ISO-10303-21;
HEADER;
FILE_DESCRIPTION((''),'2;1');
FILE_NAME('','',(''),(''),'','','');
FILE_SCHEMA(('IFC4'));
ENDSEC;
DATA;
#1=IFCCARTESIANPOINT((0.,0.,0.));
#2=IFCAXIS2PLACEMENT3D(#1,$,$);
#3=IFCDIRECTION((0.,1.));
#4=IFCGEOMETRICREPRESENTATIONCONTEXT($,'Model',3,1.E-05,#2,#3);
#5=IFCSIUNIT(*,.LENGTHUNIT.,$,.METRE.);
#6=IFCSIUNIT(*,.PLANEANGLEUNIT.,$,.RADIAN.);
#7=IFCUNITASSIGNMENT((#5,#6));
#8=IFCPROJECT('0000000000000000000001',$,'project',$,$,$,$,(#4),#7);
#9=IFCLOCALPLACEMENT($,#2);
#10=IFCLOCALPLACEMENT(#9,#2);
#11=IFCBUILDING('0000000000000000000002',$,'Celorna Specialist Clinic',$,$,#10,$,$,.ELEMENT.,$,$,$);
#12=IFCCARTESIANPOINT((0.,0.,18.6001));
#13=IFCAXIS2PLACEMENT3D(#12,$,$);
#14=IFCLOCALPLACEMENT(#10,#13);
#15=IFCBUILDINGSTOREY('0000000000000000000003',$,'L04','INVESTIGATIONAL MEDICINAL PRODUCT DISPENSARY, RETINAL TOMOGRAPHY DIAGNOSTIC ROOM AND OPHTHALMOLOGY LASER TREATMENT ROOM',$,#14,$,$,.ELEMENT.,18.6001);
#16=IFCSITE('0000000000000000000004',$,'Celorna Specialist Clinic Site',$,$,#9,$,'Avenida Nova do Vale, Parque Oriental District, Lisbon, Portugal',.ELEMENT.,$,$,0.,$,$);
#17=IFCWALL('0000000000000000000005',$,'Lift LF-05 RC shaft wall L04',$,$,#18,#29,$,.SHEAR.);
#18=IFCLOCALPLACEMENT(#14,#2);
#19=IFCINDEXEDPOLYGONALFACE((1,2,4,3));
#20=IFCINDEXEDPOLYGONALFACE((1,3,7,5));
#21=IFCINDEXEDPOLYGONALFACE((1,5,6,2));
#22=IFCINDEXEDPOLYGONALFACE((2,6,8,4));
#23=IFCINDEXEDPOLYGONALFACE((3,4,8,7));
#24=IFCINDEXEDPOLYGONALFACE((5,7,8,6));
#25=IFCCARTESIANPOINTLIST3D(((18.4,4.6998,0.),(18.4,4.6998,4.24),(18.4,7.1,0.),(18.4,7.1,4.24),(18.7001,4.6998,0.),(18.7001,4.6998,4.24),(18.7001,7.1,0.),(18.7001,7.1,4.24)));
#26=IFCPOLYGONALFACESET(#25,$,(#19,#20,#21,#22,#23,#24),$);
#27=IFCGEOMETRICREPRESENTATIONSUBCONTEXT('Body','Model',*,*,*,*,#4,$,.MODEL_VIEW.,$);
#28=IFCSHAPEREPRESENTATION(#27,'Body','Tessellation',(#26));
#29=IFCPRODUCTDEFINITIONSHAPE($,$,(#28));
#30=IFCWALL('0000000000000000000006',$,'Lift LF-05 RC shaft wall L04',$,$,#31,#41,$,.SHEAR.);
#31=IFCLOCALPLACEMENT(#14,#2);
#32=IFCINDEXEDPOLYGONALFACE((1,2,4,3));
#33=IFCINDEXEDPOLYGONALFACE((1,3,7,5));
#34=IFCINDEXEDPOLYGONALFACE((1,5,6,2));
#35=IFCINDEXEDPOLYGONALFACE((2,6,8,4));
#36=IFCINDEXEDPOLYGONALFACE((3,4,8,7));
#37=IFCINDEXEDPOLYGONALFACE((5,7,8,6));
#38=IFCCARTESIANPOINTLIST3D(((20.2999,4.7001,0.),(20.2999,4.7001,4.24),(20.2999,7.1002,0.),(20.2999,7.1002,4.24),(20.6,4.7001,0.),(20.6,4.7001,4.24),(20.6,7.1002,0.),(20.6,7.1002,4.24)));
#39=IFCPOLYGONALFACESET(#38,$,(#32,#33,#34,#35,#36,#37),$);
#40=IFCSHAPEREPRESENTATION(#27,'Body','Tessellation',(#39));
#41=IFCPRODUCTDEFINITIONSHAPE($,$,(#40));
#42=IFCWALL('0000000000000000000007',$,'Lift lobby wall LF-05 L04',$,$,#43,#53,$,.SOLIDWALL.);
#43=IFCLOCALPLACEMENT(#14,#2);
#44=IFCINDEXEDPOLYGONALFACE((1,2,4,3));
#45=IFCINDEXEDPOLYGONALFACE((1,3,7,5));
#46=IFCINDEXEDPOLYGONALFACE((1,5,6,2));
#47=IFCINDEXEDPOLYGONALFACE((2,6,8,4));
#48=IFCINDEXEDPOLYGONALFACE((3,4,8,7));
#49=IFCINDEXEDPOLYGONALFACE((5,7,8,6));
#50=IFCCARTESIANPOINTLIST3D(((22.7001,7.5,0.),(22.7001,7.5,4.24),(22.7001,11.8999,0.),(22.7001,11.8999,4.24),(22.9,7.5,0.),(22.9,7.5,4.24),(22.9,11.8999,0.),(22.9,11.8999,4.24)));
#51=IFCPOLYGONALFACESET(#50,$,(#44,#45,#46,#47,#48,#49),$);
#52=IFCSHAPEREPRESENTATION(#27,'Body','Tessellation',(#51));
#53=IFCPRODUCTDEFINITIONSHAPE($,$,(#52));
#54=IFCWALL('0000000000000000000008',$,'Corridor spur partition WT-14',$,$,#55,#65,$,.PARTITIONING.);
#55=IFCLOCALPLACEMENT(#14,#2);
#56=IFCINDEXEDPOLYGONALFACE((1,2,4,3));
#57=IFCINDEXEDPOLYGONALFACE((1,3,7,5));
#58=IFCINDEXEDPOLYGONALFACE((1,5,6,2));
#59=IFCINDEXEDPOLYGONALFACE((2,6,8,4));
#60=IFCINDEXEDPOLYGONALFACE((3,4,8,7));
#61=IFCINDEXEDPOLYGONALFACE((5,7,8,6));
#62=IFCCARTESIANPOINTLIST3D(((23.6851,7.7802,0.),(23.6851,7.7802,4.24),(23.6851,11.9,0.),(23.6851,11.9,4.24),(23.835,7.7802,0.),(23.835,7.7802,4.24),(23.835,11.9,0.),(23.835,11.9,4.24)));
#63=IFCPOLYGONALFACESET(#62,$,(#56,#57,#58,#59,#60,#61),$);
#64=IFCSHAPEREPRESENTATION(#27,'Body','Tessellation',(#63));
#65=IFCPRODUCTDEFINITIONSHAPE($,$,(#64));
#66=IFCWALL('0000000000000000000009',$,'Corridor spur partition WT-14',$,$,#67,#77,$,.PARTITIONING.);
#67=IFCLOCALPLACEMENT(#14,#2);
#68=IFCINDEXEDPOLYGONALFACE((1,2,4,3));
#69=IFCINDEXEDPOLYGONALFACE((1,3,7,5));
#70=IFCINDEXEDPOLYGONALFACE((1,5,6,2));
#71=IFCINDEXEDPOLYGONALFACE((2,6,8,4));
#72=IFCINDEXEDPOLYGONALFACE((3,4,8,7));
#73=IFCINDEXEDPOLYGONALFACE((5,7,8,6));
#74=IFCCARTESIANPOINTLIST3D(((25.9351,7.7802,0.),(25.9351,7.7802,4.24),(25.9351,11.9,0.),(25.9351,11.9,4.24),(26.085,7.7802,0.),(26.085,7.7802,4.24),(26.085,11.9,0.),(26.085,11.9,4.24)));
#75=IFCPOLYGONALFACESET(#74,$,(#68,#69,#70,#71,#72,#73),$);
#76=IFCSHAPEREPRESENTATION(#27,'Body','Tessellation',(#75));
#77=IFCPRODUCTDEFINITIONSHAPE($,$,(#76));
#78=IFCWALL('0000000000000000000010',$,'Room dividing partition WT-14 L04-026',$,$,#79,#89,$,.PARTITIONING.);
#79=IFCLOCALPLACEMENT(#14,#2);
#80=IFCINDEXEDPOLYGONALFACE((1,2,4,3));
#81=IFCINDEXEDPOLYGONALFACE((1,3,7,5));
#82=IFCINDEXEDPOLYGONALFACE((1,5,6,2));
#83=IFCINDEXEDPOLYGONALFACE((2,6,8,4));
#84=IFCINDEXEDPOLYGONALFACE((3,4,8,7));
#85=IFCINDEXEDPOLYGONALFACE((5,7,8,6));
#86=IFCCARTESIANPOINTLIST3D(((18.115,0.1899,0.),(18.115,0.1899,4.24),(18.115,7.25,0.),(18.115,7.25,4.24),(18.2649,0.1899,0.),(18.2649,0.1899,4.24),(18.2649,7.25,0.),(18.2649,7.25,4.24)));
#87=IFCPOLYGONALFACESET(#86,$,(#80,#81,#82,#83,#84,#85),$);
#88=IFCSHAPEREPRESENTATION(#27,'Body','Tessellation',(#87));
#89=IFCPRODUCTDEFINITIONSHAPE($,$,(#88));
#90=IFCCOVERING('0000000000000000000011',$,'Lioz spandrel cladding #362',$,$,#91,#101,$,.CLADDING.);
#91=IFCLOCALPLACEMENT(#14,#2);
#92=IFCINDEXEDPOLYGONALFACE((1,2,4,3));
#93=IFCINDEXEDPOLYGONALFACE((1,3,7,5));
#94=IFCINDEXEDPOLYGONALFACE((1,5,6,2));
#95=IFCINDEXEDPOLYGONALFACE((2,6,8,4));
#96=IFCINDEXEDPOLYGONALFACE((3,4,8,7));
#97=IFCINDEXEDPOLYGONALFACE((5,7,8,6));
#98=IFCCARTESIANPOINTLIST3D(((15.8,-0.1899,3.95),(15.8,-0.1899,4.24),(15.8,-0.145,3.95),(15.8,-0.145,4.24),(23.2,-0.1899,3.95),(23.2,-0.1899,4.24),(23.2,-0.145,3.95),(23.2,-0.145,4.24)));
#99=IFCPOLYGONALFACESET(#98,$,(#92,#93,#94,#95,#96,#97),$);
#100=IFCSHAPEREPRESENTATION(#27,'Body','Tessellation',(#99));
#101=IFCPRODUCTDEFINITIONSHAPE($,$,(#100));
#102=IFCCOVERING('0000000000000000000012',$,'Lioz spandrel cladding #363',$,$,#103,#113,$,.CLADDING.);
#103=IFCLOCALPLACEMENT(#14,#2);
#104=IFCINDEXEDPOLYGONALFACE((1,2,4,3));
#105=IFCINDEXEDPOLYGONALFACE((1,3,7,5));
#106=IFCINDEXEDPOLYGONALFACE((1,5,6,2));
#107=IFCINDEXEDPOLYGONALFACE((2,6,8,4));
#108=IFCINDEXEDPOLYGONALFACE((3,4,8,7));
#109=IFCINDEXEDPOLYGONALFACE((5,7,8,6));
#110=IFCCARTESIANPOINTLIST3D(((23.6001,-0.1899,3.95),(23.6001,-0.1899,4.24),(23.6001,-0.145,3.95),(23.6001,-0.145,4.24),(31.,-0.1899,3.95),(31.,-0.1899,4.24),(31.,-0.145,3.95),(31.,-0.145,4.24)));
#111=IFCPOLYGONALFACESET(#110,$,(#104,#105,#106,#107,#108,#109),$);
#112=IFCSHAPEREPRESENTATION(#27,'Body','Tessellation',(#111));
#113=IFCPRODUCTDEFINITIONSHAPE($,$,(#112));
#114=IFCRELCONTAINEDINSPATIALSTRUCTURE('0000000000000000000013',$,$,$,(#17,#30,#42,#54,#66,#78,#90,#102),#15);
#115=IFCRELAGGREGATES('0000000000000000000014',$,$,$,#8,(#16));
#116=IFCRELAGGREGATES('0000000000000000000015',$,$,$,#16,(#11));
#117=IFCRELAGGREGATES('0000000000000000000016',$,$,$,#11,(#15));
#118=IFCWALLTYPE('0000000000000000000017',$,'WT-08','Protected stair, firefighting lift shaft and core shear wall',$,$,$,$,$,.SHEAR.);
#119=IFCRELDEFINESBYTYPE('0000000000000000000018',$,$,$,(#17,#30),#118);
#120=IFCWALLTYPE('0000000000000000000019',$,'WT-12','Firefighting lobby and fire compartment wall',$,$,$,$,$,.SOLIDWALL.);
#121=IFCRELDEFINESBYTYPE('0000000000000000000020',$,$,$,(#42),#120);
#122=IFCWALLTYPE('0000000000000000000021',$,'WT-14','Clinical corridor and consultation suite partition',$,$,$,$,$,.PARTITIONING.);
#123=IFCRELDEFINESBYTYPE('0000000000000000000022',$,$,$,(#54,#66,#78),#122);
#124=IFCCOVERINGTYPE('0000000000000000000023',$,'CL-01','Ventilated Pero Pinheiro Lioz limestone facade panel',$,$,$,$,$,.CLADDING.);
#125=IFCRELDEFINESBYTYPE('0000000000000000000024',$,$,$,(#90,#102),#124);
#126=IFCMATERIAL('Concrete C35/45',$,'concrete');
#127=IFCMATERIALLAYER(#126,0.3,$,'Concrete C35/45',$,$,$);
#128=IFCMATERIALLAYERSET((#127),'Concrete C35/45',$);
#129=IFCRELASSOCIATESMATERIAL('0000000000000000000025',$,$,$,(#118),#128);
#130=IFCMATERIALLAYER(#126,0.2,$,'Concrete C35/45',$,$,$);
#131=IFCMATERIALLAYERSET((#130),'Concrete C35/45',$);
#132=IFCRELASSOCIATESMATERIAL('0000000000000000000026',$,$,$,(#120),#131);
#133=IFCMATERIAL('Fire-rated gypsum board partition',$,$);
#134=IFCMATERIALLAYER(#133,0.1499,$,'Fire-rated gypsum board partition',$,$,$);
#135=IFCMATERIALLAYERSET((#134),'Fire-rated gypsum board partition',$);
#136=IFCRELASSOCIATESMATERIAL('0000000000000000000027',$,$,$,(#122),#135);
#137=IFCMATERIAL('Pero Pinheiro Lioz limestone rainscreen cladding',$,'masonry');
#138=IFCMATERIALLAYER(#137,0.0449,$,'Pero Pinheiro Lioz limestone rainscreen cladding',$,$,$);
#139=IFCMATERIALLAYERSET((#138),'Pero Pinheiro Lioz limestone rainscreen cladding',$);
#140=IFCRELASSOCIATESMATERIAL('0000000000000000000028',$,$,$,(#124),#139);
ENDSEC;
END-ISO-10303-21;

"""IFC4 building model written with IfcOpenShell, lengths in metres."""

from ifc_helpers import new_model, si_unit, direction, frame, frame_2d, origin, origin_2d, place, context, subcontext, project, spatial, rectangle, extrude, material, layer, layer_set, type_object, element, save


model = new_model("IFC4")

# Units and contexts
model_context = context("Model", 3, precision=1e-05, world=origin(), true_north=direction((0.0, 1.0)))
body_context = subcontext(model_context, "Body", "Model", "MODEL_VIEW")
ifc_project = project(units=[si_unit("LENGTHUNIT", "METRE"), si_unit("PLANEANGLEUNIT", "RADIAN")], contexts=[model_context])

# Site, building, storey
site_placement = place(None, origin())
site = spatial("IfcSite", under=ifc_project, at=site_placement, Name="Celorna Specialist Clinic Site", LongName="Avenida Nova do Vale, Parque Oriental District, Lisbon, Portugal", CompositionType="ELEMENT", RefElevation=0.0)
building_placement = place(site_placement, origin())
building = spatial("IfcBuilding", under=site, at=building_placement, Name="Celorna Specialist Clinic", CompositionType="ELEMENT")
storey_placement = place(building_placement, frame((0.0, 0.0, 18.6001)))
storey = spatial("IfcBuildingStorey", under=building, at=storey_placement, Name="L04", Description="INVESTIGATIONAL MEDICINAL PRODUCT DISPENSARY, RETINAL TOMOGRAPHY DIAGNOSTIC ROOM AND OPHTHALMOLOGY LASER TREATMENT ROOM", CompositionType="ELEMENT", Elevation=18.6001)

# Shared definitions
ifc_material_1 = material(Name="Concrete C35/45", Category="concrete")

# Shared definitions
ifc_layer_1 = layer(ifc_material_1, 0.3, Name="Concrete C35/45")
ifc_layer_set_1 = layer_set([ifc_layer_1], Name="Concrete C35/45")
wall_type_1 = type_object("IfcWallType", Name="WT-08", Description="Protected stair, firefighting lift shaft and core shear wall", PredefinedType="SHEAR", material=ifc_layer_set_1)

# Walls
for number, where, z_axis, x_axis, name in (
    (1, (18.55, 7.1001, 0.0), (0.0, 0.0, 1.0), (0.0, -1.0, 0.0), "Lift LF-05 RC shaft wall L04"),
    (2, (20.45, 4.7, 0.0), (0.0, 0.0, 1.0), (0.0, 1.0, 0.0), "Lift LF-05 RC shaft wall L04"),
):
    element("IfcWall", number, at=place(storey_placement, frame(where, z_axis=z_axis, x_axis=x_axis)), inside=storey, type_object=wall_type_1, Name=name, PredefinedType="SHEAR", context=body_context, shape_type="SweptSolid", body=[
        extrude(rectangle(XDim=2.4001, YDim=0.3, at=frame_2d((1.2002, 0.0))), origin(), (0.0, 0.0, 1.0), 4.24),
    ])
ifc_layer_2 = layer(ifc_material_1, 0.2, Name="Concrete C35/45")
ifc_layer_set_2 = layer_set([ifc_layer_2], Name="Concrete C35/45")
wall_type_2 = type_object("IfcWallType", Name="WT-12", Description="Firefighting lobby and fire compartment wall", PredefinedType="SOLIDWALL", material=ifc_layer_set_2)
wall_1_placement = place(storey_placement, frame((22.8, 7.5, 0.0), z_axis=(0.0, 0.0, 1.0), x_axis=(0.0, 1.0, 0.0)))
element("IfcWall", 3, at=wall_1_placement, inside=storey, type_object=wall_type_2, Name="Lift lobby wall LF-05 L04", PredefinedType="SOLIDWALL", context=body_context, shape_type="SweptSolid", body=[
    extrude(rectangle(XDim=4.3999, YDim=0.2, at=frame_2d((2.2, 0.0))), origin(), (0.0, 0.0, 1.0), 4.24),
])
ifc_material_2 = material(Name="Fire-rated gypsum board partition")
ifc_layer_3 = layer(ifc_material_2, 0.1499, Name="Fire-rated gypsum board partition")
ifc_layer_set_3 = layer_set([ifc_layer_3], Name="Fire-rated gypsum board partition")
wall_type_3 = type_object("IfcWallType", Name="WT-14", Description="Clinical corridor and consultation suite partition", PredefinedType="PARTITIONING", material=ifc_layer_set_3)
for number, where, z_axis, x_axis, name in (
    (4, (23.76, 7.78, 0.0), (0.0, 0.0, 1.0), (0.0, 1.0, 0.0), "Corridor spur partition WT-14"),
    (5, (26.01, 7.78, 0.0), (0.0, 0.0, 1.0), (0.0, 1.0, 0.0), "Corridor spur partition WT-14"),
):
    element("IfcWall", number, at=place(storey_placement, frame(where, z_axis=z_axis, x_axis=x_axis)), inside=storey, type_object=wall_type_3, Name=name, PredefinedType="PARTITIONING", context=body_context, shape_type="SweptSolid", body=[
        extrude(rectangle(XDim=4.1199, YDim=0.1499, at=frame_2d((2.0601, 0.0))), origin(), (0.0, 0.0, 1.0), 4.24),
    ])
wall_2_placement = place(storey_placement, frame((18.1899, 0.1899, 0.0), z_axis=(0.0, 0.0, 1.0), x_axis=(0.0, 1.0, 0.0)))
element("IfcWall", 6, at=wall_2_placement, inside=storey, type_object=wall_type_3, Name="Room dividing partition WT-14 L04-026", PredefinedType="PARTITIONING", context=body_context, shape_type="SweptSolid", body=[
    extrude(rectangle(XDim=7.0601, YDim=0.1499, at=frame_2d((3.53, 0.0))), origin(), (0.0, 0.0, 1.0), 4.24),
])

# Coverings
ifc_material_3 = material(Name="Pero Pinheiro Lioz limestone rainscreen cladding", Category="masonry")
ifc_layer_4 = layer(ifc_material_3, 0.0449, Name="Pero Pinheiro Lioz limestone rainscreen cladding")
ifc_layer_set_4 = layer_set([ifc_layer_4], Name="Pero Pinheiro Lioz limestone rainscreen cladding")
covering_type = type_object("IfcCoveringType", Name="CL-01", Description="Ventilated Pero Pinheiro Lioz limestone facade panel", PredefinedType="CLADDING", material=ifc_layer_set_4)
for number, where, z_axis, x_axis, name in (
    (7, (19.5, -0.1675, 3.95), (0.0, 0.0, 1.0), (-1.0, 0.0, 0.0), "Lioz spandrel cladding #362"),
    (8, (27.3, -0.1675, 3.95), (0.0, 0.0, 1.0), (-1.0, 0.0, 0.0), "Lioz spandrel cladding #363"),
):
    element("IfcCovering", number, at=place(storey_placement, frame(where, z_axis=z_axis, x_axis=x_axis)), inside=storey, type_object=covering_type, Name=name, PredefinedType="CLADDING", context=body_context, shape_type="SweptSolid", body=[
        extrude(rectangle(XDim=7.3999, YDim=0.0449, at=origin_2d()), origin(), (0.0, 0.0, 1.0), 0.29),
    ])

save(model, "model.ifc")
